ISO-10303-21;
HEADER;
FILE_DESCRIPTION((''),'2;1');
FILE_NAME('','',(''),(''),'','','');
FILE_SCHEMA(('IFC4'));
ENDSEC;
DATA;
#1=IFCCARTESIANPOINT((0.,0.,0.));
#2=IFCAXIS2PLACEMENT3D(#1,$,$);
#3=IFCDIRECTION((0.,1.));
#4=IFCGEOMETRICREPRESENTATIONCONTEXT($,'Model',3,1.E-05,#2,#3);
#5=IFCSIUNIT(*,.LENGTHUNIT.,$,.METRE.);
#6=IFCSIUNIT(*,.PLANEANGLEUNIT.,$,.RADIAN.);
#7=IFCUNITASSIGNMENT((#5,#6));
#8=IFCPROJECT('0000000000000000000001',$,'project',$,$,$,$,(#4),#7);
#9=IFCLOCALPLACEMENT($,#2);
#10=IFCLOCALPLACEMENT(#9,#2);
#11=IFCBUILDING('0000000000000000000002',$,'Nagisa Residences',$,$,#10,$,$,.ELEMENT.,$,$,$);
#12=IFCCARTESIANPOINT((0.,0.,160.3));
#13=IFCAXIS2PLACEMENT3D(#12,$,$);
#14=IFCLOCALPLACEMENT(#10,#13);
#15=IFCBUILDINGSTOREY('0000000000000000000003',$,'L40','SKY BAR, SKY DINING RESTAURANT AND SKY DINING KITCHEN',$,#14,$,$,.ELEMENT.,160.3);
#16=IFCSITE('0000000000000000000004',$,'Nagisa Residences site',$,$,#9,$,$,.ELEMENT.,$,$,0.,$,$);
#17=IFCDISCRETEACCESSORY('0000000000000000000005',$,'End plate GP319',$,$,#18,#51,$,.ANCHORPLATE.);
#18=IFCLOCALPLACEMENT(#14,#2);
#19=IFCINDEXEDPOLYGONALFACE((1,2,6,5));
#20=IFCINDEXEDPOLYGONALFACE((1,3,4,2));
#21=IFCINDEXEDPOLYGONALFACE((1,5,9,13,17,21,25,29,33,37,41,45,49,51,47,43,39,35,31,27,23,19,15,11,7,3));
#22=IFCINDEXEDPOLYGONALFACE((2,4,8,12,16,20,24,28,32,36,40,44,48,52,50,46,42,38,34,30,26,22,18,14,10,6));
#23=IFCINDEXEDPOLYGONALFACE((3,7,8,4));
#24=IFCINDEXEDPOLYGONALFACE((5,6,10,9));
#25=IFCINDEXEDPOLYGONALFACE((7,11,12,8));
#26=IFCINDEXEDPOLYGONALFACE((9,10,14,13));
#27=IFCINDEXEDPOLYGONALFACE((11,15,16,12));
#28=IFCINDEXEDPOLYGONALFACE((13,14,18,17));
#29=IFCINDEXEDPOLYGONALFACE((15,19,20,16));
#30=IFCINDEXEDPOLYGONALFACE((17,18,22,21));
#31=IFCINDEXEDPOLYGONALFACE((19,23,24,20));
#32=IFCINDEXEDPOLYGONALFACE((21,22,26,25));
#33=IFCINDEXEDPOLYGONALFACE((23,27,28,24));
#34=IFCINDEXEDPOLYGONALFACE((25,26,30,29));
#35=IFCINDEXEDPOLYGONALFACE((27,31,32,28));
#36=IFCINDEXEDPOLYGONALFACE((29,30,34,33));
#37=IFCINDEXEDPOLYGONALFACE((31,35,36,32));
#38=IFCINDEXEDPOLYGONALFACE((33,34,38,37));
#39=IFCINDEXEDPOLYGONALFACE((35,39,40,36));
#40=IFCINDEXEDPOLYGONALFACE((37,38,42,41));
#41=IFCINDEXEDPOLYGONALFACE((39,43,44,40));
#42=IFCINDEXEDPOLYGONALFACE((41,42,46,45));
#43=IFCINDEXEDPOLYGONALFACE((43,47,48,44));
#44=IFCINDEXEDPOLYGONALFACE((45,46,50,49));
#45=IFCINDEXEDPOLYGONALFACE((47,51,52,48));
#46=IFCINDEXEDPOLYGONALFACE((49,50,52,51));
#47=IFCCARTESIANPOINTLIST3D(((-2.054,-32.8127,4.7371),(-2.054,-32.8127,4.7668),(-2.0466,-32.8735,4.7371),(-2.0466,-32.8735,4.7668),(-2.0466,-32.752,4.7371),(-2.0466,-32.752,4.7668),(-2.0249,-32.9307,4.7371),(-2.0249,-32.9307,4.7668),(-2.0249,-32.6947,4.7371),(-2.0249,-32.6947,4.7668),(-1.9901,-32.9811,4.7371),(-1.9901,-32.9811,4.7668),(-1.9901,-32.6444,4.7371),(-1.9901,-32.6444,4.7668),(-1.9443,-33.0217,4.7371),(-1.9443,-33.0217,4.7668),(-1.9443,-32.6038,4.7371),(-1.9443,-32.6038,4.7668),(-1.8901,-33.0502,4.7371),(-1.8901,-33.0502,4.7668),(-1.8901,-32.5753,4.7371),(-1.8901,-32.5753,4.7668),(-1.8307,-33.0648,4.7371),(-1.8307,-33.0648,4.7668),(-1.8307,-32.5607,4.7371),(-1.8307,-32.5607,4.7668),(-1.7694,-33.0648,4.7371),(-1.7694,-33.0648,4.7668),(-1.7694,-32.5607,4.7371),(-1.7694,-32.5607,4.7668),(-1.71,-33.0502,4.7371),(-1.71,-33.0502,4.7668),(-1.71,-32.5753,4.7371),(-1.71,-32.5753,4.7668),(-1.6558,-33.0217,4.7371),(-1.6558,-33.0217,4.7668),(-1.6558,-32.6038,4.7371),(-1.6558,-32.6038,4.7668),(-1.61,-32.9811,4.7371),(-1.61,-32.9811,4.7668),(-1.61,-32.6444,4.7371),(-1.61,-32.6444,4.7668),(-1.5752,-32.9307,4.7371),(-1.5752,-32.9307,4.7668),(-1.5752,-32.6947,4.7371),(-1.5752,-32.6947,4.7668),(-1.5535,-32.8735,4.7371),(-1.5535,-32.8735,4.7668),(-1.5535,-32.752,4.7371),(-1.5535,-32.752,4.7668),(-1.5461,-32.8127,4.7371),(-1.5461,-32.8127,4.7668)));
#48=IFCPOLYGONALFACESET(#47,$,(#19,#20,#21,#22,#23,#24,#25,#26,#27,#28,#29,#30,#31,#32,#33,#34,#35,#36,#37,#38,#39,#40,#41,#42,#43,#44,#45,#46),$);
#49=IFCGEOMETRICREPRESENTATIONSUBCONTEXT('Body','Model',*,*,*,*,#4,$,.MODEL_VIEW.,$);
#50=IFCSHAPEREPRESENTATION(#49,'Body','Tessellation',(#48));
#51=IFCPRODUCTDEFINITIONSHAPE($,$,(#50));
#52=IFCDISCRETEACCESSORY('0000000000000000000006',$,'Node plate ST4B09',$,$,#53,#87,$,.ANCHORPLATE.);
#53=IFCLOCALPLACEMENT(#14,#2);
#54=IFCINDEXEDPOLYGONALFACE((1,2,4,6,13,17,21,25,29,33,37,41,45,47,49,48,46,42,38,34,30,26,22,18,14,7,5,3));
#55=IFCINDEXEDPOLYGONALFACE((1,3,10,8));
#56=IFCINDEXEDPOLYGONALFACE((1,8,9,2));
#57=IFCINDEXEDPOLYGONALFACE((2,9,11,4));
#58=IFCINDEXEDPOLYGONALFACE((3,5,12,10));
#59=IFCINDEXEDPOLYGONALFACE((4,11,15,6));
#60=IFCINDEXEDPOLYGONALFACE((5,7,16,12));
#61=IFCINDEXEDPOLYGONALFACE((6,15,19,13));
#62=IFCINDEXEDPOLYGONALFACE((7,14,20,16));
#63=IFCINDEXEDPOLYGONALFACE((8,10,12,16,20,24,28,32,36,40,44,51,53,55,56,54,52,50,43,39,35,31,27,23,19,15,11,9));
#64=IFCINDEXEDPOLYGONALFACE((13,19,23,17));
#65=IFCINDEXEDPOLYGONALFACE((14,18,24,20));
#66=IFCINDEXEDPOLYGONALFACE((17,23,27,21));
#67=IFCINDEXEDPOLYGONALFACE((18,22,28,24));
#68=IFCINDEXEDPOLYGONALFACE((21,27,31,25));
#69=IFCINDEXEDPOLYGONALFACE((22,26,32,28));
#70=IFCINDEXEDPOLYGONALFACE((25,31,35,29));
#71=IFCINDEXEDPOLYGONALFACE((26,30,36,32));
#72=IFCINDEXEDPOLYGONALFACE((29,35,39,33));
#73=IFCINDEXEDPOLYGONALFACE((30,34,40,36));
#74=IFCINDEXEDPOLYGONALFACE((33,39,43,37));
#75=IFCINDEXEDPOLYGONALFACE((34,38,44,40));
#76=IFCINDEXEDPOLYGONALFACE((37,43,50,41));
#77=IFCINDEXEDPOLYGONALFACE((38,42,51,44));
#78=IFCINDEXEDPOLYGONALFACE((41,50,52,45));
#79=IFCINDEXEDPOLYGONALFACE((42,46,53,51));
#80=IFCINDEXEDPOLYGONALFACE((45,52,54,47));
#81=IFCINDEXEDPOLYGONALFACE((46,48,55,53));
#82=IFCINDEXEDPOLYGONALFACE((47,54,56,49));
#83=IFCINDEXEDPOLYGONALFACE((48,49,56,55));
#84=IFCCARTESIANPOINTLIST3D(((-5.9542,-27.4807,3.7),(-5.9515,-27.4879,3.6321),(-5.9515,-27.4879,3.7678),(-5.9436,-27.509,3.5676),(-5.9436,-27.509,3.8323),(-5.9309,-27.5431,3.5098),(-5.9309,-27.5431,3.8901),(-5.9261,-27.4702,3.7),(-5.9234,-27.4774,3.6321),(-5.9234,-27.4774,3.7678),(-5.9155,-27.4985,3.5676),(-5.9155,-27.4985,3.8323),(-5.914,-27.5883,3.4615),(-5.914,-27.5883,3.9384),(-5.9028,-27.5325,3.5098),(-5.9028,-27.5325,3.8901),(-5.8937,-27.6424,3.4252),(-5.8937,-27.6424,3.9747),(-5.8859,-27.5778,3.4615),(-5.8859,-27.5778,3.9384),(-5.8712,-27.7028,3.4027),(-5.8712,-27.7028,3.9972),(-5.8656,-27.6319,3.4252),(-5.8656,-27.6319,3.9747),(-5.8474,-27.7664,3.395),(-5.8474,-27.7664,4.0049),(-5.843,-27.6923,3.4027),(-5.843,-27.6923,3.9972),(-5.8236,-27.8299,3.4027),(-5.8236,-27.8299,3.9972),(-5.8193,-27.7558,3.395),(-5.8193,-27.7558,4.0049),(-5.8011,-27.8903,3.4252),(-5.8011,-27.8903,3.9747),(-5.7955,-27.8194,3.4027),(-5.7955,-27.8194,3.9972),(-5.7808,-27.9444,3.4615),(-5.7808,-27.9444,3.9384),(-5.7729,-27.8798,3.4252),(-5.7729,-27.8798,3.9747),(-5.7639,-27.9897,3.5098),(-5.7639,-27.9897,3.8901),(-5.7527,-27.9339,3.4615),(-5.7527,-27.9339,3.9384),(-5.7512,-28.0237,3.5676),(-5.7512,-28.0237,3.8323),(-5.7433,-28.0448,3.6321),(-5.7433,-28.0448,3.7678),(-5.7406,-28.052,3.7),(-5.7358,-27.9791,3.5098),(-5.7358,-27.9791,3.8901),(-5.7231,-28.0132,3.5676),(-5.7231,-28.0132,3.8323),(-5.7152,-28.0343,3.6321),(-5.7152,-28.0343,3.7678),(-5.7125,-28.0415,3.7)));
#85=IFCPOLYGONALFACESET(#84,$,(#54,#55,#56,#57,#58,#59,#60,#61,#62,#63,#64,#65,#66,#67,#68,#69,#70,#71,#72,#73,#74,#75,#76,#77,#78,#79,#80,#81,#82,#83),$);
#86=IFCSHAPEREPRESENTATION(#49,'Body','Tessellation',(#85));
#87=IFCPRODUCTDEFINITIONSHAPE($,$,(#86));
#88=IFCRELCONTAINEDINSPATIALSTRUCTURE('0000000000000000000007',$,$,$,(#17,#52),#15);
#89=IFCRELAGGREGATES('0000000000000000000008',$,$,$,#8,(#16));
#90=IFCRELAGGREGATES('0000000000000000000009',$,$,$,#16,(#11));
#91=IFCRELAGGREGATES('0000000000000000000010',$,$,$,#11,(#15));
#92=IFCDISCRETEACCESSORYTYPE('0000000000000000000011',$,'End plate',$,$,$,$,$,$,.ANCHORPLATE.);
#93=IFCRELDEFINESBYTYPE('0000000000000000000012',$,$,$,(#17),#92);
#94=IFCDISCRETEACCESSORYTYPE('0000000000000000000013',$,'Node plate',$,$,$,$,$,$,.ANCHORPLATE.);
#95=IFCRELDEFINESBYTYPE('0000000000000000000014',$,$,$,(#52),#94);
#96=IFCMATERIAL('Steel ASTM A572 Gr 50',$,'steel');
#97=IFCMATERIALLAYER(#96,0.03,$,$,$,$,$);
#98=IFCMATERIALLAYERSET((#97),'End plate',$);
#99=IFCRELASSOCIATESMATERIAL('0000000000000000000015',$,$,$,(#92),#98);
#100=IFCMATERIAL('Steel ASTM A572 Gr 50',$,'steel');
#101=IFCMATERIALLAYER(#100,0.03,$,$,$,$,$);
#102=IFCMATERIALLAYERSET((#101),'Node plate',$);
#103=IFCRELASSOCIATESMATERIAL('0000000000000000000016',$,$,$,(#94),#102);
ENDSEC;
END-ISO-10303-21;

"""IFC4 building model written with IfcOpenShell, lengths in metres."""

from ifc_helpers import new_model, si_unit, direction, frame, origin, origin_2d, place, context, subcontext, project, spatial, circle, extrude, material, layer, layer_set, type_object, element, save


model = new_model("IFC4")

# Units and contexts
model_context = context("Model", 3, precision=1e-05, world=origin(), true_north=direction((0.0, 1.0)))
body_context = subcontext(model_context, "Body", "Model", "MODEL_VIEW")
ifc_project = project(units=[si_unit("LENGTHUNIT", "METRE"), si_unit("PLANEANGLEUNIT", "RADIAN")], contexts=[model_context])

# Site, building, storey
site_placement = place(None, origin())
site = spatial("IfcSite", under=ifc_project, at=site_placement, Name="Nagisa Residences site", CompositionType="ELEMENT", RefElevation=0.0)
building_placement = place(site_placement, origin())
building = spatial("IfcBuilding", under=site, at=building_placement, Name="Nagisa Residences", CompositionType="ELEMENT")
storey_placement = place(building_placement, frame((0.0, 0.0, 160.3)))
storey = spatial("IfcBuildingStorey", under=building, at=storey_placement, Name="L40", Description="SKY BAR, SKY DINING RESTAURANT AND SKY DINING KITCHEN", CompositionType="ELEMENT", Elevation=160.3)

# Discrete accessories
ifc_material_1 = material(Name="Steel ASTM A572 Gr 50", Category="steel")
ifc_layer_1 = layer(ifc_material_1, 0.03)
ifc_layer_set_1 = layer_set([ifc_layer_1], Name="End plate")
discrete_accessory_type_1 = type_object("IfcDiscreteAccessoryType", Name="End plate", PredefinedType="ANCHORPLATE", material=ifc_layer_set_1)
for number, where, z_axis, x_axis, name in (
    (1, (-1.8, -32.8127, 4.7371), (0.0, 0.0, 1.0), (1.0, 0.0, 0.0), "End plate GP319"),
):
    element("IfcDiscreteAccessory", number, at=place(storey_placement, frame(where, z_axis=z_axis, x_axis=x_axis)), inside=storey, type_object=discrete_accessory_type_1, Name=name, PredefinedType="ANCHORPLATE", context=body_context, shape_type="SweptSolid", body=[
        extrude(circle(Radius=0.2539, at=origin_2d()), origin(), (0.0, 0.0, 1.0), 0.0298),
    ])
ifc_material_2 = material(Name="Steel ASTM A572 Gr 50", Category="steel")
ifc_layer_2 = layer(ifc_material_2, 0.03)
ifc_layer_set_2 = layer_set([ifc_layer_2], Name="Node plate")
discrete_accessory_type_2 = type_object("IfcDiscreteAccessoryType", Name="Node plate", PredefinedType="ANCHORPLATE", material=ifc_layer_set_2)
discrete_accessory_1_placement = place(storey_placement, frame((-5.8474, -27.7664, 3.7), z_axis=(0.936663, 0.350231, 0.0), x_axis=(-0.350231, 0.936663, 0.0)))
element("IfcDiscreteAccessory", 2, at=discrete_accessory_1_placement, inside=storey, type_object=discrete_accessory_type_2, Name="Node plate ST4B09", PredefinedType="ANCHORPLATE", context=body_context, shape_type="SweptSolid", body=[
    extrude(circle(Radius=0.3049, at=origin_2d()), origin(), (0.0, 0.0, 1.0), 0.03),
])

save(model, "model.ifc")
